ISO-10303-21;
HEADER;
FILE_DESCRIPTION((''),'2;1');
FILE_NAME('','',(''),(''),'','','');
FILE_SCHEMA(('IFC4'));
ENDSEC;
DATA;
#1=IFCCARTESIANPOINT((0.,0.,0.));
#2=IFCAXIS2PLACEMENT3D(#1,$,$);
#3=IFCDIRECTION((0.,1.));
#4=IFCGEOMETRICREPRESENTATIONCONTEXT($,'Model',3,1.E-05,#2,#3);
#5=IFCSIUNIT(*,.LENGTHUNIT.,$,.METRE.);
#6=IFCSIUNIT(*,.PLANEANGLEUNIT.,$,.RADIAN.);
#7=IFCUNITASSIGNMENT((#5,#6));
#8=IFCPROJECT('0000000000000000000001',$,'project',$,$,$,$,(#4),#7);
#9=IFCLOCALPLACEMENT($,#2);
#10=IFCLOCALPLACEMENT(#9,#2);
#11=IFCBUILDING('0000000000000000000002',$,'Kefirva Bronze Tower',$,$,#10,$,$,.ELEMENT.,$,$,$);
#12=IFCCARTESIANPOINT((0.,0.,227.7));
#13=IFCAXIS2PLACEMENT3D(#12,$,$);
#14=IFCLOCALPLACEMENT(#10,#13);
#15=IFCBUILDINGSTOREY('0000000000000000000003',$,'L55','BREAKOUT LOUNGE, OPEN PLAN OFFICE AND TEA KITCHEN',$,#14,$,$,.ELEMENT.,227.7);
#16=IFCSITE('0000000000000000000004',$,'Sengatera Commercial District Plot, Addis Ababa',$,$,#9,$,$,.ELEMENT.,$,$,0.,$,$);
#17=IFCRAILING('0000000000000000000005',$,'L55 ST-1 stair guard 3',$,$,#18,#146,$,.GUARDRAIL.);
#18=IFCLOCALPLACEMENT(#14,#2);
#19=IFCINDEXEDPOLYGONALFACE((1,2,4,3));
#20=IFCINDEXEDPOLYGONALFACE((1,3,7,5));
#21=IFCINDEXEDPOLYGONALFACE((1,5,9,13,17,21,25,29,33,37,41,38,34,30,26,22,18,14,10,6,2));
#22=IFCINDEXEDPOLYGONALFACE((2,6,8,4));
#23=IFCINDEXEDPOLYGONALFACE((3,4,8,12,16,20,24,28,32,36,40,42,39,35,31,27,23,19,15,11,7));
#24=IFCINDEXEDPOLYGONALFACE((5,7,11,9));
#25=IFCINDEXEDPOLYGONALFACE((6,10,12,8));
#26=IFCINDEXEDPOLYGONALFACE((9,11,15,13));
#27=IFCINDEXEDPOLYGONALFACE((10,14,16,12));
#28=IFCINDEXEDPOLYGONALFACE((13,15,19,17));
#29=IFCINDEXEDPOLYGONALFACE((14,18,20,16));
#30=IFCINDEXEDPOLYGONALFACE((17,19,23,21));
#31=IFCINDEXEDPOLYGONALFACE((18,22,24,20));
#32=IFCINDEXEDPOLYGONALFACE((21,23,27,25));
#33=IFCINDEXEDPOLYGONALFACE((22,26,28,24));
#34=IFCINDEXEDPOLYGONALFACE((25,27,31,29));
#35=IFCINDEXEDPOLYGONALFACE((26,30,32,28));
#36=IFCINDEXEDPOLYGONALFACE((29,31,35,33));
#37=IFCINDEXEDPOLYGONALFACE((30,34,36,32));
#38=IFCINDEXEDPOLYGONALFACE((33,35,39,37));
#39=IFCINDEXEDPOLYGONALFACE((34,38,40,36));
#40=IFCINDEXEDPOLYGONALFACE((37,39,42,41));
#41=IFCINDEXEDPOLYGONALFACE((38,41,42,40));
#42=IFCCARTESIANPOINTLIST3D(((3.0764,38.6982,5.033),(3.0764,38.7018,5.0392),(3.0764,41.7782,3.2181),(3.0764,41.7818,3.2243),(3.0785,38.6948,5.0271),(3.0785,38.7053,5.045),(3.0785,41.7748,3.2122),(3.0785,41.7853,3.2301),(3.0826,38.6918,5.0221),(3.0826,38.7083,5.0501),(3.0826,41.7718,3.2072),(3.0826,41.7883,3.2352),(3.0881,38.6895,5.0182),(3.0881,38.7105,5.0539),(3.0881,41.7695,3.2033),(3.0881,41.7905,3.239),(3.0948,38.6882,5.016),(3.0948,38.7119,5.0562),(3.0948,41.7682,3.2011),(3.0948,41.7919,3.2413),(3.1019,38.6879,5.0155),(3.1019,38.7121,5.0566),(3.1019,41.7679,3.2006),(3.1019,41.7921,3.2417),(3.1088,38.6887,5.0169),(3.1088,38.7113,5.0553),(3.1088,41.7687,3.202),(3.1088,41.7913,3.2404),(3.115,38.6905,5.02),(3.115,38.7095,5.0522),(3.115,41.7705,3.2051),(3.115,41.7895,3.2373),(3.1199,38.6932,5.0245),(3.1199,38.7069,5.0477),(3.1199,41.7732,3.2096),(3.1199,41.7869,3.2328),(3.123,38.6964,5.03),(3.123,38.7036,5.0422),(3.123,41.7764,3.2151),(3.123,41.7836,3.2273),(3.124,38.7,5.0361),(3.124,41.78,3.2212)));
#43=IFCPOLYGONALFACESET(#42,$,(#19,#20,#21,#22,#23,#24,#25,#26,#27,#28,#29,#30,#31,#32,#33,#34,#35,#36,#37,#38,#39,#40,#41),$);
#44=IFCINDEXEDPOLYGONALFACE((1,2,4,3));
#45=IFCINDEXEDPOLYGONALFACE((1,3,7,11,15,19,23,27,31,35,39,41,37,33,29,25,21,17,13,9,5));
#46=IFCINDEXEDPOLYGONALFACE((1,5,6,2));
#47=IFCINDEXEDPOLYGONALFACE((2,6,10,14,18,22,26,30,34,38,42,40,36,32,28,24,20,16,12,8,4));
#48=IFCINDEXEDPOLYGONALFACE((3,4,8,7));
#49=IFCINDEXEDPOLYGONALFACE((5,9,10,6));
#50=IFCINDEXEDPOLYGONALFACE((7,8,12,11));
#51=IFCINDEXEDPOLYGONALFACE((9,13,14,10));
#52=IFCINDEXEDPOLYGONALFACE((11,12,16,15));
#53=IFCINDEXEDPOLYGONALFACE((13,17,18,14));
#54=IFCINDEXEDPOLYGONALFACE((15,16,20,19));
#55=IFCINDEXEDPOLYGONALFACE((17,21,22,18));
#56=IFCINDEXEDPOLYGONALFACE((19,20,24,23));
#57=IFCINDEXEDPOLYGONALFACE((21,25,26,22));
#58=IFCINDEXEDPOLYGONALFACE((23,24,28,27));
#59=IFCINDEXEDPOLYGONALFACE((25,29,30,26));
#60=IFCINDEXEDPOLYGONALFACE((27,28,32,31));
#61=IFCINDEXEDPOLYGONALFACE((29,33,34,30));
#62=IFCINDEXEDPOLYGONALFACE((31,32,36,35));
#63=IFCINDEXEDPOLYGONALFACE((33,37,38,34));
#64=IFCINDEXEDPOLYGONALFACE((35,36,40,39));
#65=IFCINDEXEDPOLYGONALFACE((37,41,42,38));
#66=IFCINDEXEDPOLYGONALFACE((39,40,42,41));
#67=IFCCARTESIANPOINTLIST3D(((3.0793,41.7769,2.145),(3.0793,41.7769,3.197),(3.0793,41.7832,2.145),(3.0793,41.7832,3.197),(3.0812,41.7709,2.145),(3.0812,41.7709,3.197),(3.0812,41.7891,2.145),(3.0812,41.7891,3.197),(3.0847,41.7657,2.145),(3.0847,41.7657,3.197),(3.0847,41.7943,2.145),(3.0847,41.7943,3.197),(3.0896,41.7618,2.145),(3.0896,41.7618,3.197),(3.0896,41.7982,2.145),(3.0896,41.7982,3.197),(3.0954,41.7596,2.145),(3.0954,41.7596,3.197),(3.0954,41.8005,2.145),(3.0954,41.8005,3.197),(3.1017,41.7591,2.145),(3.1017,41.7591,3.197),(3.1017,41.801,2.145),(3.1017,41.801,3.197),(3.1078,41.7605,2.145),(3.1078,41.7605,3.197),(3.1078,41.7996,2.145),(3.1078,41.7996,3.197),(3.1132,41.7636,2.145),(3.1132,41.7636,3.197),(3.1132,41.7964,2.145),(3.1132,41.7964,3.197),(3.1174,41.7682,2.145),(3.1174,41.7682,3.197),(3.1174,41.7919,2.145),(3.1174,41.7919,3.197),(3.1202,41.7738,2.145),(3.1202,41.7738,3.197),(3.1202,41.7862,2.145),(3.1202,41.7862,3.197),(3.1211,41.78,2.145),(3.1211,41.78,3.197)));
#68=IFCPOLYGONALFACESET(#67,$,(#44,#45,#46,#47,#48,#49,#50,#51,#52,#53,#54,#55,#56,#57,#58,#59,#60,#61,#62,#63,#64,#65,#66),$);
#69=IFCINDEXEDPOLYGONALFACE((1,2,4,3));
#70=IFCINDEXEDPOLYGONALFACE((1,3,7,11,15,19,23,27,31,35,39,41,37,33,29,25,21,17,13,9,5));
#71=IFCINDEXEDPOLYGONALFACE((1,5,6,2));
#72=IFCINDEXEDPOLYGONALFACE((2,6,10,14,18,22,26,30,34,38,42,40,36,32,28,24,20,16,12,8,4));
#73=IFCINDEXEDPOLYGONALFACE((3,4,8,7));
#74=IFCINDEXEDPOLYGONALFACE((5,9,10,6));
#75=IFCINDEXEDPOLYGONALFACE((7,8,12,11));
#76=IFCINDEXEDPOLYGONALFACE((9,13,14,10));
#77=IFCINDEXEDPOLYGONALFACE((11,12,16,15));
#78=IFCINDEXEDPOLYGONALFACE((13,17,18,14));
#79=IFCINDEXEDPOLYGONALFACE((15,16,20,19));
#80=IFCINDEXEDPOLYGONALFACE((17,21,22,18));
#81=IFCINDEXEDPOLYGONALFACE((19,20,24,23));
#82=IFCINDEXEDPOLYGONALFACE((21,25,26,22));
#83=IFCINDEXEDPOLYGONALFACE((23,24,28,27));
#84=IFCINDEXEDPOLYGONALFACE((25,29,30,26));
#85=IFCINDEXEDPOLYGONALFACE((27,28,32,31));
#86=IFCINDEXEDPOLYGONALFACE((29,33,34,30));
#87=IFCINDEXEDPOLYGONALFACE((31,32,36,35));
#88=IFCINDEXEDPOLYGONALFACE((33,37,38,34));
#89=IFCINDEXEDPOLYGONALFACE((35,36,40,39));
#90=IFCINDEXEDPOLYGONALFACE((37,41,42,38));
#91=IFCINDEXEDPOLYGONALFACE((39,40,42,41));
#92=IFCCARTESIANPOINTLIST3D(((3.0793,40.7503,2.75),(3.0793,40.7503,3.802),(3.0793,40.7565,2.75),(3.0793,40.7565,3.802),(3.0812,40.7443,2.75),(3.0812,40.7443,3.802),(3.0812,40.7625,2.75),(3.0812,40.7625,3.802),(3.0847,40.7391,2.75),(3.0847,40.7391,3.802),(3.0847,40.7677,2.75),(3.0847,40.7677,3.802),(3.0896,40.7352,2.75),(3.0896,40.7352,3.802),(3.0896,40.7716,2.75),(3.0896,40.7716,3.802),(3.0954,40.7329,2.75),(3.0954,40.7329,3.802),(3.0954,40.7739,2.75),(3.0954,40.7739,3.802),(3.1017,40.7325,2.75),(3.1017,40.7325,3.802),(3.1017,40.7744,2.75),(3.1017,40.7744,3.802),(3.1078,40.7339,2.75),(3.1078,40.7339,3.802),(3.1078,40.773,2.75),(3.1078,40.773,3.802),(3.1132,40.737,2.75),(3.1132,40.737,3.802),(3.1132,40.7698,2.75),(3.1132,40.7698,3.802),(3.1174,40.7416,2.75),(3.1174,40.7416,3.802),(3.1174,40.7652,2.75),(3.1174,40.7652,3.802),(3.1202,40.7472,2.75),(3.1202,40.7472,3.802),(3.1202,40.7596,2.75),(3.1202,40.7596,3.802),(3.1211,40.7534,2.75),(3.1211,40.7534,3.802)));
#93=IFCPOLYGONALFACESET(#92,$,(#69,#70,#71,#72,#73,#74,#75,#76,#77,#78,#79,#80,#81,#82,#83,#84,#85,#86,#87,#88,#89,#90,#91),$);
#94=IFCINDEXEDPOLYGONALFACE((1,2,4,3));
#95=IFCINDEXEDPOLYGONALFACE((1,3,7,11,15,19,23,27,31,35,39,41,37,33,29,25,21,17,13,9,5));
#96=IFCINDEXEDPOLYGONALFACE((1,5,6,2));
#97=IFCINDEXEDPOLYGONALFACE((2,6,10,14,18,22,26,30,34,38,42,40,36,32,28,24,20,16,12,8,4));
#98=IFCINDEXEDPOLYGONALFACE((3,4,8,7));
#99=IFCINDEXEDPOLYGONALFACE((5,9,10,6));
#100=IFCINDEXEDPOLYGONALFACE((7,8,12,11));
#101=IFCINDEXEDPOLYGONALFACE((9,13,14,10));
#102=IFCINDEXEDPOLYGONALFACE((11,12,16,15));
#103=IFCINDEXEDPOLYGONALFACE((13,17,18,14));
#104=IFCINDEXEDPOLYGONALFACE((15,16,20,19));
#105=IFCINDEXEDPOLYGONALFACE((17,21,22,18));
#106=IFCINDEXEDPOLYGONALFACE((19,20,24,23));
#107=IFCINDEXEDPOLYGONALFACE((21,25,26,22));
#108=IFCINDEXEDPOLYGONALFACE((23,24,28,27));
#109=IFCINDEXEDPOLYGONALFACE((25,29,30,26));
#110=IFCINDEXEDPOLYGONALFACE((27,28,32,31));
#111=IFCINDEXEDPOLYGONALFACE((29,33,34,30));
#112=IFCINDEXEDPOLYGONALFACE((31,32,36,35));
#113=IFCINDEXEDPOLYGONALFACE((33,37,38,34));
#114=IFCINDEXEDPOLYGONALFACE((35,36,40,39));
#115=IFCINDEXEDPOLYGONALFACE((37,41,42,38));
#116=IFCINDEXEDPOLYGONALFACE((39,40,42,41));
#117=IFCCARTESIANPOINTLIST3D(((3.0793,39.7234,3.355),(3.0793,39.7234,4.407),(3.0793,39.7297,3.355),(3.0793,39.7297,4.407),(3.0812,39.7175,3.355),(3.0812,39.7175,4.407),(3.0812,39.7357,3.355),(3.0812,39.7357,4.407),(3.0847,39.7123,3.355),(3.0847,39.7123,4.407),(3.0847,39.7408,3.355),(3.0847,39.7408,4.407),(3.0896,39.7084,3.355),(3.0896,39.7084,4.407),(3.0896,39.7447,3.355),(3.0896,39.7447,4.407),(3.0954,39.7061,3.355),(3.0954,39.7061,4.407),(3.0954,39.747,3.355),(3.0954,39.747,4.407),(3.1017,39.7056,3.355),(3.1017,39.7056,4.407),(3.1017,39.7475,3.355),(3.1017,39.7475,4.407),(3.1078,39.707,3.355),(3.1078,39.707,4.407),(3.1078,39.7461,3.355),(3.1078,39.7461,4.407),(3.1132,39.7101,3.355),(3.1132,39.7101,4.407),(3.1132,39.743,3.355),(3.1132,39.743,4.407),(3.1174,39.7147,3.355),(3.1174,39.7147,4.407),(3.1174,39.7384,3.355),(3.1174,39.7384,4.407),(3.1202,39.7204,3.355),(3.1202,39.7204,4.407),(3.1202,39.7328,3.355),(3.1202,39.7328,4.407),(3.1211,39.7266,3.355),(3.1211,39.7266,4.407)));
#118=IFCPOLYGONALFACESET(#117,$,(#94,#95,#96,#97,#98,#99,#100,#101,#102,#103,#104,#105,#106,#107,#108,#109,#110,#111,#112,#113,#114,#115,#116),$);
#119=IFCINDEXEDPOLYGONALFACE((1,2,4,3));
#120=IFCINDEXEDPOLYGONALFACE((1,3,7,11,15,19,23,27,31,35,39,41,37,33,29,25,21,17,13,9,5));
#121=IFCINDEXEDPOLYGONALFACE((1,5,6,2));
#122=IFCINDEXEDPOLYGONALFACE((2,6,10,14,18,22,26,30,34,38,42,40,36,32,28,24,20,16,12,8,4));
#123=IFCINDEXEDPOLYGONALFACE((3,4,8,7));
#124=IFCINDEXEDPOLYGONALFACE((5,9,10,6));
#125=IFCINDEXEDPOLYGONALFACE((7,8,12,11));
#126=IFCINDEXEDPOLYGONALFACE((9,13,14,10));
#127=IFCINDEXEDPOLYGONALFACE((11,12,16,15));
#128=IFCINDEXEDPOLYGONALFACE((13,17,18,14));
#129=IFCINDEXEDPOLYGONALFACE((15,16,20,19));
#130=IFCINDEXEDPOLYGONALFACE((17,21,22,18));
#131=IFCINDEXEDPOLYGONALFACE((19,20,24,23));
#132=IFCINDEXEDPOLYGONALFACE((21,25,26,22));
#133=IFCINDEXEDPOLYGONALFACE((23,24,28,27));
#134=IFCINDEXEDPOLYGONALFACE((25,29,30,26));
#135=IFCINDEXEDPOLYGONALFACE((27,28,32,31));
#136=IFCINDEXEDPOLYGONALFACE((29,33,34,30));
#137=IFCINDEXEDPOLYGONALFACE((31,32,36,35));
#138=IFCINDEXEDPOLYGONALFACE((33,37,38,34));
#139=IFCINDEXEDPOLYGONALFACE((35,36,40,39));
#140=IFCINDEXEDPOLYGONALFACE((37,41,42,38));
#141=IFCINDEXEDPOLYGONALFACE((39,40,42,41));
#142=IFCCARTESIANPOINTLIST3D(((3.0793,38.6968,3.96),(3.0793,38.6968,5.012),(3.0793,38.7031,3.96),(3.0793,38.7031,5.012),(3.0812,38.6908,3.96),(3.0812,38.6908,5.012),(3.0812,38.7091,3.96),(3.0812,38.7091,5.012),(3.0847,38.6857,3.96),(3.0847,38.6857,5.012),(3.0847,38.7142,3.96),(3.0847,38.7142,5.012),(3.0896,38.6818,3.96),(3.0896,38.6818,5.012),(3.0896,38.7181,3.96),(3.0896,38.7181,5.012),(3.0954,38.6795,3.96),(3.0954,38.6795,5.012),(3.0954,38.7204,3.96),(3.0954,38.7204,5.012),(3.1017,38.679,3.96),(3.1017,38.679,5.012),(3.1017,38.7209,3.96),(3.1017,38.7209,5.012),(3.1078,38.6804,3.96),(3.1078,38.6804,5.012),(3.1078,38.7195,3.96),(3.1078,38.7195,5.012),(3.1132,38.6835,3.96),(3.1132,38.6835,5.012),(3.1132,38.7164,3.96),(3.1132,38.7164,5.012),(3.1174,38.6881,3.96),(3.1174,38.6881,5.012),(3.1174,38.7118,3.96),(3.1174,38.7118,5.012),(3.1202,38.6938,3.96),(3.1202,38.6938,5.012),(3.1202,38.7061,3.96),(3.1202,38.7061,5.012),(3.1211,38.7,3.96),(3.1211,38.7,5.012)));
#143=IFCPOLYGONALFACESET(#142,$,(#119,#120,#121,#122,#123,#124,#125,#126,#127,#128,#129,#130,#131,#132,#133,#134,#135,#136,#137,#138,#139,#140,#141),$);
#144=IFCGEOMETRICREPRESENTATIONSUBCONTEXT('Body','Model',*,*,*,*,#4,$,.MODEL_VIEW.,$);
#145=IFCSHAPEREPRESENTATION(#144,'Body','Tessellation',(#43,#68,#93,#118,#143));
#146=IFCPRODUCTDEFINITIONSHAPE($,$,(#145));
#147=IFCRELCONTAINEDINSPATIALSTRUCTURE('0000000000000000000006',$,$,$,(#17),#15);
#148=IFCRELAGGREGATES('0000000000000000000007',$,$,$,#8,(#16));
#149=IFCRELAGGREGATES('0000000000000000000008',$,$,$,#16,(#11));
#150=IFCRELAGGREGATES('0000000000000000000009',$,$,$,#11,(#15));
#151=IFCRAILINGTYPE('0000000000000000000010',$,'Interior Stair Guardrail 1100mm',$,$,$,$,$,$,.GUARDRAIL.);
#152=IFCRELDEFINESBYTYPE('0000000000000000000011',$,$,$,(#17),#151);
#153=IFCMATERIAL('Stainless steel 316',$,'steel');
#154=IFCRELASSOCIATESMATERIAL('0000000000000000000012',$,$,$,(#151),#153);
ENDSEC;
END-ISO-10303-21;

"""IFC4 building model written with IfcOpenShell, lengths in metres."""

from ifc_helpers import new_model, si_unit, direction, frame, origin, origin_2d, place, context, subcontext, project, spatial, circle, extrude, material, type_object, element, save


model = new_model("IFC4")

# Units and contexts
model_context = context("Model", 3, precision=1e-05, world=origin(), true_north=direction((0.0, 1.0)))
body_context = subcontext(model_context, "Body", "Model", "MODEL_VIEW")
ifc_project = project(units=[si_unit("LENGTHUNIT", "METRE"), si_unit("PLANEANGLEUNIT", "RADIAN")], contexts=[model_context])

# Site, building, storey
site_placement = place(None, origin())
site = spatial("IfcSite", under=ifc_project, at=site_placement, Name="Sengatera Commercial District Plot, Addis Ababa", CompositionType="ELEMENT", RefElevation=0.0)
building_placement = place(site_placement, origin())
building = spatial("IfcBuilding", under=site, at=building_placement, Name="Kefirva Bronze Tower", CompositionType="ELEMENT")
storey_placement = place(building_placement, frame((0.0, 0.0, 227.7)))
storey = spatial("IfcBuildingStorey", under=building, at=storey_placement, Name="L55", Description="BREAKOUT LOUNGE, OPEN PLAN OFFICE AND TEA KITCHEN", CompositionType="ELEMENT", Elevation=227.7)

# Railing
ifc_material_1 = material(Name="Stainless steel 316", Category="steel")
railing_type_1 = type_object("IfcRailingType", Name="Interior Stair Guardrail 1100mm", PredefinedType="GUARDRAIL", material=ifc_material_1)
railing_1_placement = place(storey_placement, frame((3.1001, 41.78, 2.145)))
element("IfcRailing", 1, at=railing_1_placement, inside=storey, type_object=railing_type_1, Name="L55 ST-1 stair guard 3", PredefinedType="GUARDRAIL", context=body_context, shape_type="SweptSolid", body=[
    extrude(circle(Radius=0.0239, at=origin_2d()), frame((0.0, 0.0, 1.0762), z_axis=(0.0, -0.861551, 0.507671), x_axis=(1.0, 0.0, 0.0)), (0.0, 0.0, 1.0), 3.575),
    extrude(circle(Radius=0.021, at=origin_2d()), origin(), (0.0, 0.0, 1.0), 1.052),
    extrude(circle(Radius=0.021, at=origin_2d()), frame((0.0, -1.0266, 0.605)), (0.0, 0.0, 1.0), 1.052),
    extrude(circle(Radius=0.021, at=origin_2d()), frame((0.0, -2.0535, 1.21)), (0.0, 0.0, 1.0), 1.052),
    extrude(circle(Radius=0.021, at=origin_2d()), frame((0.0, -3.0801, 1.8149)), (0.0, 0.0, 1.0), 1.052),
])

save(model, "model.ifc")
